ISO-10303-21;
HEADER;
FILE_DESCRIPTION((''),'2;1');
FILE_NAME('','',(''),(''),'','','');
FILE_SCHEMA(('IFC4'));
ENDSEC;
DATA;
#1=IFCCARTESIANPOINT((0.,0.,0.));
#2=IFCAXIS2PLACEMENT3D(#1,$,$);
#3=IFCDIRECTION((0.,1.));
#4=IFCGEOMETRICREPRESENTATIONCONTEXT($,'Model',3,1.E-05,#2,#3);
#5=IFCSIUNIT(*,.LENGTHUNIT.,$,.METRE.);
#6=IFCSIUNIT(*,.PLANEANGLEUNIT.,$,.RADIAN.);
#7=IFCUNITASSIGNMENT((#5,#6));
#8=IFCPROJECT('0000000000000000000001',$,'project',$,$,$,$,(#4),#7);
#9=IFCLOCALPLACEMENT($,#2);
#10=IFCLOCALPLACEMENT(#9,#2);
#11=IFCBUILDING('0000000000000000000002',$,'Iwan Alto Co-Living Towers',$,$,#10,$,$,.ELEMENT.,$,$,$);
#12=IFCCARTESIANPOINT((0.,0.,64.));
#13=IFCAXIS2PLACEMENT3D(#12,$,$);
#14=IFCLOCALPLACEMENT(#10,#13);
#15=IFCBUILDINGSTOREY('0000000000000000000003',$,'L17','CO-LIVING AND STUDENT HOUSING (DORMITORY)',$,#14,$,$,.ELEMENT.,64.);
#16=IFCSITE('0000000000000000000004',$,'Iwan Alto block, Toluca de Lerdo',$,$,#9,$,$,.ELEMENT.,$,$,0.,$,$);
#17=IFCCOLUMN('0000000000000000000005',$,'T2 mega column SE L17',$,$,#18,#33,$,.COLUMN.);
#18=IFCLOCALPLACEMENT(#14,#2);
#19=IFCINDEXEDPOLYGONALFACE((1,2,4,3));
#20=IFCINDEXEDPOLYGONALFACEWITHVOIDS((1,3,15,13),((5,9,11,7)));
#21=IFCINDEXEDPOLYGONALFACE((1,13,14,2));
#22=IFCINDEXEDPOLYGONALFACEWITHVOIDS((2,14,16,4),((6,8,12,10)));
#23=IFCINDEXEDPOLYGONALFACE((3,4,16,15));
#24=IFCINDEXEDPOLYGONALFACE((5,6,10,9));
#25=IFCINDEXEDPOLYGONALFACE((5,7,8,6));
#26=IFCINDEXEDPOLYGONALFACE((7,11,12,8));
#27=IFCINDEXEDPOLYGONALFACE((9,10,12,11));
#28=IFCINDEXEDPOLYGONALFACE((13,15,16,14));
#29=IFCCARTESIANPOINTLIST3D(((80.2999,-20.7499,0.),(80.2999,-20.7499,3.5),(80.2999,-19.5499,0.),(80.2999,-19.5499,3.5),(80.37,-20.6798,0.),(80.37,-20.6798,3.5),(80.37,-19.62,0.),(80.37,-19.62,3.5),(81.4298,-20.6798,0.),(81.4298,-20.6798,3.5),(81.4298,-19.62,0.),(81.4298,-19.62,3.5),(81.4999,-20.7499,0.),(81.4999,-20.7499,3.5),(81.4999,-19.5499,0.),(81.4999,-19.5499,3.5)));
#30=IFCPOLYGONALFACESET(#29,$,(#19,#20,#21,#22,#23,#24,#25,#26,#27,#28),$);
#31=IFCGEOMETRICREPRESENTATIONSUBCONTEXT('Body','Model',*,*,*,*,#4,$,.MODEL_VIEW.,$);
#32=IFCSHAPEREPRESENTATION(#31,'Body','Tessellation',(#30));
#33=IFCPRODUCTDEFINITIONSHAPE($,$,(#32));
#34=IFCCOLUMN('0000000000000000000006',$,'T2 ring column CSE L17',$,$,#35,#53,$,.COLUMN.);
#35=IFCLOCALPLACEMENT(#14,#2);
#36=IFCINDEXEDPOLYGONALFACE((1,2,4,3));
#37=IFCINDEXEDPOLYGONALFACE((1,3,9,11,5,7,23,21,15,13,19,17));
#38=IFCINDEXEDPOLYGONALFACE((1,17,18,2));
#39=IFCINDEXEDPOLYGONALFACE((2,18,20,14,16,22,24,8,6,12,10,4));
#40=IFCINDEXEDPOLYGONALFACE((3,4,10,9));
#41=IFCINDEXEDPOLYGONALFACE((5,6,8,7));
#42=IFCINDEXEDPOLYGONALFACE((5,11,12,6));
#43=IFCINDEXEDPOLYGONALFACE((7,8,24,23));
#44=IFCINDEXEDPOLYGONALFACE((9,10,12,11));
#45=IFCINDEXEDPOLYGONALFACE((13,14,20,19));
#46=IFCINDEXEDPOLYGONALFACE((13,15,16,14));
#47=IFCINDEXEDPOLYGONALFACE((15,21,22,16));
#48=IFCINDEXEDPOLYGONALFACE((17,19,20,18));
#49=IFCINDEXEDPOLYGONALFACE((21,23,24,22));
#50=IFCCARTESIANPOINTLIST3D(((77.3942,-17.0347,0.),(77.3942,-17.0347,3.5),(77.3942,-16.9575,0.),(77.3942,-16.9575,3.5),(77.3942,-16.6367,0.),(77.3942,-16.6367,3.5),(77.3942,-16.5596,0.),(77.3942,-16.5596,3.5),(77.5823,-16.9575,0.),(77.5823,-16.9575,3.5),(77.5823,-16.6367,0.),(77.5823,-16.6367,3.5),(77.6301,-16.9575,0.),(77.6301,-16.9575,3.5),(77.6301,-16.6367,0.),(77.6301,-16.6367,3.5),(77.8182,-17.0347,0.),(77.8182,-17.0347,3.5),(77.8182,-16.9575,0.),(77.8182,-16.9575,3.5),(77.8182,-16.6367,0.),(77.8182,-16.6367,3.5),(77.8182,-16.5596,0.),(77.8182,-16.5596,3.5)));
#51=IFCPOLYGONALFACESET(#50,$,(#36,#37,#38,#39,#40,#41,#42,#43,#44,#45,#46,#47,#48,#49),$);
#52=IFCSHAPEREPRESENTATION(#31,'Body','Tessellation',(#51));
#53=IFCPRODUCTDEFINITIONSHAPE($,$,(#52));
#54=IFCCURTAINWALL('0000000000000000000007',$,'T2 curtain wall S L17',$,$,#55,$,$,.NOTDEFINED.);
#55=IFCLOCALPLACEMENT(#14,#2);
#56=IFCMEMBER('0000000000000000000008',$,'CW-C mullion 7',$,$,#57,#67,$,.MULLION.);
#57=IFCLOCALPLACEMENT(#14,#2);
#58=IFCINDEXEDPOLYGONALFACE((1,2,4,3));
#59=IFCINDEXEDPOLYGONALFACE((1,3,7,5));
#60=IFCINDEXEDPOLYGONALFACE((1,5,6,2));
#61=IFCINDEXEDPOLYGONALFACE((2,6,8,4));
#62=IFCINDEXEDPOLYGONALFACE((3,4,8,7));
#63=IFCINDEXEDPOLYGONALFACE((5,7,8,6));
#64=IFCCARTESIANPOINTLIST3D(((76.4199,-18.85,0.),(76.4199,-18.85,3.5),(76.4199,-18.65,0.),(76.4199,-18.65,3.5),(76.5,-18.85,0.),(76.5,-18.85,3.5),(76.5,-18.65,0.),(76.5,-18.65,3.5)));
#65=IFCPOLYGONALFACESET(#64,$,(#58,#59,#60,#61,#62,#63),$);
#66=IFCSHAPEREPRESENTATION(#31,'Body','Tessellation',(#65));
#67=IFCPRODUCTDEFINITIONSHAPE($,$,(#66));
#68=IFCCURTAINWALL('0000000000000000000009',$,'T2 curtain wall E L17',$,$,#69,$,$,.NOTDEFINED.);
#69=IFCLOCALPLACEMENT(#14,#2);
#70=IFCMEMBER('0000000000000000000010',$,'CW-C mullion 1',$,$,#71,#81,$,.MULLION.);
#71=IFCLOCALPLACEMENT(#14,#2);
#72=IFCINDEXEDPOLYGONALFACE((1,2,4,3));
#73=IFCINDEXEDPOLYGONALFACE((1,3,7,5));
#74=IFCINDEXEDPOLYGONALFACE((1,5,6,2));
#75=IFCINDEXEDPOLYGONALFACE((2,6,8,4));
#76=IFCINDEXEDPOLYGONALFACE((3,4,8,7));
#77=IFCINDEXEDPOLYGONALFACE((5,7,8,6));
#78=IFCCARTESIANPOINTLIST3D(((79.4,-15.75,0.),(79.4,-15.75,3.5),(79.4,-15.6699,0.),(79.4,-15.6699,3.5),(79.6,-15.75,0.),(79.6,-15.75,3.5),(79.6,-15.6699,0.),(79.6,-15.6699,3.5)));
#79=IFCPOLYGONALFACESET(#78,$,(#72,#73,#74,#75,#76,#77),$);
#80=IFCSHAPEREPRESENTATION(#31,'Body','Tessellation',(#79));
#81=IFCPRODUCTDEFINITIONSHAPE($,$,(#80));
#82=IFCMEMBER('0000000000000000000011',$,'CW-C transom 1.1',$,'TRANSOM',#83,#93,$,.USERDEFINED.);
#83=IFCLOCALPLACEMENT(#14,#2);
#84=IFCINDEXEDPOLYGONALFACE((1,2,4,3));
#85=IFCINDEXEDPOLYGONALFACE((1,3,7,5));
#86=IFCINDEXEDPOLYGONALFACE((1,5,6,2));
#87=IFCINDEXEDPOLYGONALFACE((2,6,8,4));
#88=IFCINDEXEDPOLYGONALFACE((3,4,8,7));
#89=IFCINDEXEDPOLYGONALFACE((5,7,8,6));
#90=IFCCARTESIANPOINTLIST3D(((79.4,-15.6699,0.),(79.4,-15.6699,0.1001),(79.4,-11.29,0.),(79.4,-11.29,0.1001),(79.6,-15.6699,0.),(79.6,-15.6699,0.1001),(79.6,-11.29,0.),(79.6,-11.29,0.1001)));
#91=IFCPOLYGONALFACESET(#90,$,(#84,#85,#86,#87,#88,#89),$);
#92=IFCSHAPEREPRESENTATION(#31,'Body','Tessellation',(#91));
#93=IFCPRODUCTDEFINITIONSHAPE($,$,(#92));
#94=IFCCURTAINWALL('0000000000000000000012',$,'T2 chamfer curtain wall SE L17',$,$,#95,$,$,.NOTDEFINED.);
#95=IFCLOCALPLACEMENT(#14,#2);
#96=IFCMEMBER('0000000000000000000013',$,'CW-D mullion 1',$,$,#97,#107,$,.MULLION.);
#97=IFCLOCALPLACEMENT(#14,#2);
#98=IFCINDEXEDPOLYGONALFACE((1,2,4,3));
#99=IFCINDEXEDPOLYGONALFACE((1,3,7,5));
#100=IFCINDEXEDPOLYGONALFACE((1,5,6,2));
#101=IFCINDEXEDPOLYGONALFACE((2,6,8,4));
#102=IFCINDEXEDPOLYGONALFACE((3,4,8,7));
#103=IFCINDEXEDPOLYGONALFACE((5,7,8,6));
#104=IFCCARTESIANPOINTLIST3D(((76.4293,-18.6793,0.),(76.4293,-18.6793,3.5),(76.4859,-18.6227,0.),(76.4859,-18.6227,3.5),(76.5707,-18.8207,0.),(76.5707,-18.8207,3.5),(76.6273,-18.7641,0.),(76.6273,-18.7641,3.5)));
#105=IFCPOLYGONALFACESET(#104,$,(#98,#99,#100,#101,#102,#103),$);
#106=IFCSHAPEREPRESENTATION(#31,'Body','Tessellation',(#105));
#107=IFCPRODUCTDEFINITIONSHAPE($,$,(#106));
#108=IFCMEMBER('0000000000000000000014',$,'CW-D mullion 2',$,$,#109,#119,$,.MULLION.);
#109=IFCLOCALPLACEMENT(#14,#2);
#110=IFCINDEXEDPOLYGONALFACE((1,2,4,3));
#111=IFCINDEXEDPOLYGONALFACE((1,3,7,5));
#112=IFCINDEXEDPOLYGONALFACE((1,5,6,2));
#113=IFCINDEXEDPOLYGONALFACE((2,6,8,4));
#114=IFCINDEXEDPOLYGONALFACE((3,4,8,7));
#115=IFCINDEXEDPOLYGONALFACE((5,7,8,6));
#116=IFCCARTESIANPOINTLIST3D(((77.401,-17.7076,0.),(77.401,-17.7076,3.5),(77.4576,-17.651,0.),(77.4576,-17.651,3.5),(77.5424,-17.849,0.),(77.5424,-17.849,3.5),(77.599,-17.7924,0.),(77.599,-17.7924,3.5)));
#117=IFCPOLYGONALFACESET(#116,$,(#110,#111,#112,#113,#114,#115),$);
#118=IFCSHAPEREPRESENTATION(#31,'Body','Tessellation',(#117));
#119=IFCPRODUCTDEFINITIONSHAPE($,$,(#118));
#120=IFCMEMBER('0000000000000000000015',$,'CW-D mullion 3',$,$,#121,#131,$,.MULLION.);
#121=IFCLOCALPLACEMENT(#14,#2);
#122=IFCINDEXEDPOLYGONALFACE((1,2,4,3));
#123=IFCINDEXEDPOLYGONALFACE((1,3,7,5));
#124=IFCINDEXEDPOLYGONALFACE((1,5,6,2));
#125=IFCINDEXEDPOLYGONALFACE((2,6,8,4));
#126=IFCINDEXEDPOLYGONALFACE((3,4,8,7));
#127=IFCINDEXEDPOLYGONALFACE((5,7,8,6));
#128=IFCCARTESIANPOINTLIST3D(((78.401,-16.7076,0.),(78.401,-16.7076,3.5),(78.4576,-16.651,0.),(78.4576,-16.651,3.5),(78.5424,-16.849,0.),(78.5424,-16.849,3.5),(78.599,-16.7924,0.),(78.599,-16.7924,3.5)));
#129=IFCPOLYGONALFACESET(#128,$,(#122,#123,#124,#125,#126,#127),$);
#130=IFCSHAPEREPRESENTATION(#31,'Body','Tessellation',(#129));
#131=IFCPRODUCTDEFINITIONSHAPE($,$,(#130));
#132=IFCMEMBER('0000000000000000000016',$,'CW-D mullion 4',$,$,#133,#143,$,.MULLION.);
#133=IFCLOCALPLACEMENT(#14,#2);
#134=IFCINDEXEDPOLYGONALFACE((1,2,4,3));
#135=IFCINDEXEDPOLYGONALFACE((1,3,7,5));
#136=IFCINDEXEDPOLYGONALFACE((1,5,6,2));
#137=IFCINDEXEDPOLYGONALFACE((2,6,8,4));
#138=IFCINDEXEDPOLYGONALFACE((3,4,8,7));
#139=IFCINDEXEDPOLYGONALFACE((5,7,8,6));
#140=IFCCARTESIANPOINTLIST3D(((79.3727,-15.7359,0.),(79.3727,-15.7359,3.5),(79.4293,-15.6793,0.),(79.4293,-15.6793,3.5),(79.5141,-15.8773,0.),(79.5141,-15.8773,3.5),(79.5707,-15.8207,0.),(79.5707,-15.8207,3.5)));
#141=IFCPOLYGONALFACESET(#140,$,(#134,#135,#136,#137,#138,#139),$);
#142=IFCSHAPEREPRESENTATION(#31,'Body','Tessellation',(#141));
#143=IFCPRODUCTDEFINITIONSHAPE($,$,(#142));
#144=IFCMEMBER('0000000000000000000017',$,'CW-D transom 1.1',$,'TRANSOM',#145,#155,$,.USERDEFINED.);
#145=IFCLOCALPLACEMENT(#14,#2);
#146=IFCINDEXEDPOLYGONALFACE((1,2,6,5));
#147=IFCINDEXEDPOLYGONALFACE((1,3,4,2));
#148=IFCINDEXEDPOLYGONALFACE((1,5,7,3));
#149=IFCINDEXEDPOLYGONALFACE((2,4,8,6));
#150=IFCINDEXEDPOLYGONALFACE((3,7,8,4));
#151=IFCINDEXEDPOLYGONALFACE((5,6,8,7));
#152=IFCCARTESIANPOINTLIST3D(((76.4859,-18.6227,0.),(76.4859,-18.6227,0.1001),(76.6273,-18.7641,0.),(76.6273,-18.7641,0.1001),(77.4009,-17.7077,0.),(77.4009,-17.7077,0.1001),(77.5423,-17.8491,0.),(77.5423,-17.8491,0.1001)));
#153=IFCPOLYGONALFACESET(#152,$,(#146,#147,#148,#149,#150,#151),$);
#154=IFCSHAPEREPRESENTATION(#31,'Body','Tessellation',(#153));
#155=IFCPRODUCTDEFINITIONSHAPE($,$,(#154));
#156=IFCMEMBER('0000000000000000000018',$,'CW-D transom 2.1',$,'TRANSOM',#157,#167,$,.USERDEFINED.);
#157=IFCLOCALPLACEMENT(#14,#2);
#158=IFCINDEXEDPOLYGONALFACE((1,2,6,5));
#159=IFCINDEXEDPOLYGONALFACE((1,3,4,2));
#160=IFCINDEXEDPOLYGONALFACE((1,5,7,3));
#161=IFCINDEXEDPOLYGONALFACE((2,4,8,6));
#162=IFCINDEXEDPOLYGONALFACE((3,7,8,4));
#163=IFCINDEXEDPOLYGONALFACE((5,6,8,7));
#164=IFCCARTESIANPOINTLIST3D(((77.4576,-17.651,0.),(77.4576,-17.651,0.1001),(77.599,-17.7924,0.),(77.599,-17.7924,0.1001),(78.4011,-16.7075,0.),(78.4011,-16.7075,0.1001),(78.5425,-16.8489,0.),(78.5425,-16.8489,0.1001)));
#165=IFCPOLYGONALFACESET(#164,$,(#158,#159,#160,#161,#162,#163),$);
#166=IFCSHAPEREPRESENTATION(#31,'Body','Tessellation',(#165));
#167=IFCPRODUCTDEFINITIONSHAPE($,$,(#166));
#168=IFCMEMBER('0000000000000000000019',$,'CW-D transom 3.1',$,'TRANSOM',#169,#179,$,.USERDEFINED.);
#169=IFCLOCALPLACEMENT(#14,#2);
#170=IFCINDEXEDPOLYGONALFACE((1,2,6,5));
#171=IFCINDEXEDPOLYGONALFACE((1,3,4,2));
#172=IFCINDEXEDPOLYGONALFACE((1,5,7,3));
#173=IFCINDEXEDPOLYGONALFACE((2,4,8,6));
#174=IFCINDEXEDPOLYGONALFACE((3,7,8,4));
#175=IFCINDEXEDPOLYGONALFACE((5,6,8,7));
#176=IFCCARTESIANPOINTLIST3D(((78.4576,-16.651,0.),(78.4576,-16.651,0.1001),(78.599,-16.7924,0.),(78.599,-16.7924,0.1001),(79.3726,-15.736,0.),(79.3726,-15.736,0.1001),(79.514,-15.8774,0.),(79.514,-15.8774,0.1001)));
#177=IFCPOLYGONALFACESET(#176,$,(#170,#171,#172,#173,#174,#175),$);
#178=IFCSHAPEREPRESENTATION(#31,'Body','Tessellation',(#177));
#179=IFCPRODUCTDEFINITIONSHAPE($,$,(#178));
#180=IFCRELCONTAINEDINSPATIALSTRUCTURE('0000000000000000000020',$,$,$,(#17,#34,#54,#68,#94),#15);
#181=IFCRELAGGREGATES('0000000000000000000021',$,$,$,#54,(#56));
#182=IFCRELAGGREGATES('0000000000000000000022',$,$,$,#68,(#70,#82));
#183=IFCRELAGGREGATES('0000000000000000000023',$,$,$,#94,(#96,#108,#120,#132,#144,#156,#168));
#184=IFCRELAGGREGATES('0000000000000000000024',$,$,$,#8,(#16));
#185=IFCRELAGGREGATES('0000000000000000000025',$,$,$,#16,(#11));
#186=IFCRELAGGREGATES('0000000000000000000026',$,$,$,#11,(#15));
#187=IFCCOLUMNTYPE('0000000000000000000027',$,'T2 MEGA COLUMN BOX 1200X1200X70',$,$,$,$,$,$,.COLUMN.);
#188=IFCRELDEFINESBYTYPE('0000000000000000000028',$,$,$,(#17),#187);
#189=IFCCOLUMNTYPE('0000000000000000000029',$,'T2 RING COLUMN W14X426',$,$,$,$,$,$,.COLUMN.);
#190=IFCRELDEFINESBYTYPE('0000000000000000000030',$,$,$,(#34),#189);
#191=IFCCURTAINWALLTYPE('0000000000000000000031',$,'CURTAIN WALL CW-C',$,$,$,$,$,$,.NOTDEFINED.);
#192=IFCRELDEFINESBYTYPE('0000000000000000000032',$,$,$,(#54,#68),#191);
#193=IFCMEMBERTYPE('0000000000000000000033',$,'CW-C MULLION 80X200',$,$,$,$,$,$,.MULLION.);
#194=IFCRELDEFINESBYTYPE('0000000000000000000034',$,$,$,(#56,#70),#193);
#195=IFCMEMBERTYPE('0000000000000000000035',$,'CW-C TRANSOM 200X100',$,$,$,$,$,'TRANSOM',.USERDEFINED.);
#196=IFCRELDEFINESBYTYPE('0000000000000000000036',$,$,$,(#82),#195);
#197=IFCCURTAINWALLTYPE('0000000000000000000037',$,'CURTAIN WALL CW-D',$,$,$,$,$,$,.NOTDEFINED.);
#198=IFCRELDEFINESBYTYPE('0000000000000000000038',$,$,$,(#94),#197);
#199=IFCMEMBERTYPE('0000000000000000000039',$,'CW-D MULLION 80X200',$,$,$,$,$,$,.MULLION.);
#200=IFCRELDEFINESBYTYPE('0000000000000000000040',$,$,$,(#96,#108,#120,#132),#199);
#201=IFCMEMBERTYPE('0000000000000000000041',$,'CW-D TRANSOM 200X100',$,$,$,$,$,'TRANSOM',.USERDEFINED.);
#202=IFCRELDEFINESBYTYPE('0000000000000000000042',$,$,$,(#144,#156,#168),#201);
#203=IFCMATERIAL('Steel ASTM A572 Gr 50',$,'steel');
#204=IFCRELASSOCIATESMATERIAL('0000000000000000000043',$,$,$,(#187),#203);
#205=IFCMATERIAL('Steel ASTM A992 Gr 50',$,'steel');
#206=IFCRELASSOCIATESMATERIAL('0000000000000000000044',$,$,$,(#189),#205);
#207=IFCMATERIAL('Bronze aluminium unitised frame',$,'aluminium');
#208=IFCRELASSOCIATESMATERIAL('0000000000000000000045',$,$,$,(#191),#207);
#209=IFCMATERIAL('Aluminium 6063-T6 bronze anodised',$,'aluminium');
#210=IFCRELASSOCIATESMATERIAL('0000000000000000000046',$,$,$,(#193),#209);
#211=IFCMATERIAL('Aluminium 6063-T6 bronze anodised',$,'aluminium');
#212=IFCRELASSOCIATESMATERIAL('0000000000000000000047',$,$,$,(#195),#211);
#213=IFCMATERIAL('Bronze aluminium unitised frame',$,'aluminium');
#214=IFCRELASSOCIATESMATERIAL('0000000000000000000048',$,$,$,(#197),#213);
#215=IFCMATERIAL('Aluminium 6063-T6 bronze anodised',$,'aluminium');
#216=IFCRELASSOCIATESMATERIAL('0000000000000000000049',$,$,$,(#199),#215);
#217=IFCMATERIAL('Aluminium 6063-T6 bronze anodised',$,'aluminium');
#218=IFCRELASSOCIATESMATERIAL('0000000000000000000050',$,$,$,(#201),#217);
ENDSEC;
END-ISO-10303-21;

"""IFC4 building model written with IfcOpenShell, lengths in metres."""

from ifc_helpers import new_model, si_unit, direction, frame, origin, origin_2d, place, context, subcontext, project, spatial, rectangle, hollow_rectangle, i_section, extrude, material, material_profile, profile_set, type_object, element, aggregate, save


model = new_model("IFC4")

# Units and contexts
model_context = context("Model", 3, precision=1e-05, world=origin(), true_north=direction((0.0, 1.0)))
body_context = subcontext(model_context, "Body", "Model", "MODEL_VIEW")
ifc_project = project(units=[si_unit("LENGTHUNIT", "METRE"), si_unit("PLANEANGLEUNIT", "RADIAN")], contexts=[model_context])

# Site, building, storey
site_placement = place(None, origin())
site = spatial("IfcSite", under=ifc_project, at=site_placement, Name="Iwan Alto block, Toluca de Lerdo", CompositionType="ELEMENT", RefElevation=0.0)
building_placement = place(site_placement, origin())
building = spatial("IfcBuilding", under=site, at=building_placement, Name="Iwan Alto Co-Living Towers", CompositionType="ELEMENT")
storey_placement = place(building_placement, frame((0.0, 0.0, 64.0)))
storey = spatial("IfcBuildingStorey", under=building, at=storey_placement, Name="L17", Description="CO-LIVING AND STUDENT HOUSING (DORMITORY)", CompositionType="ELEMENT", Elevation=64.0)

# Columns
ifc_material_1 = material(Name="Steel ASTM A572 Gr 50", Category="steel")
ifc_material_profile_1 = material_profile(ifc_material_1, hollow_rectangle(XDim=1.2, YDim=1.2, WallThickness=0.0701, at=origin_2d()), Name="BOX 1200X1200X70")
ifc_profile_set_1 = profile_set([ifc_material_profile_1], Name="Steel ASTM A572 Gr 50")
column_type_1 = type_object("IfcColumnType", Name="T2 MEGA COLUMN BOX 1200X1200X70", PredefinedType="COLUMN", material=ifc_profile_set_1)
column_1_placement = place(storey_placement, frame((80.8999, -20.1499, 0.0), z_axis=(0.0, 0.0, 1.0), x_axis=(1.0, 0.0, 0.0)))
element("IfcColumn", 1, at=column_1_placement, inside=storey, type_object=column_type_1, Name="T2 mega column SE L17", PredefinedType="COLUMN", context=body_context, shape_type="SweptSolid", body=[
    extrude(hollow_rectangle(XDim=1.2, YDim=1.2, WallThickness=0.0701, at=origin_2d()), origin(), (0.0, 0.0, 1.0), 3.5),
])
ifc_material_2 = material(Name="Steel ASTM A992 Gr 50", Category="steel")
ifc_material_profile_2 = material_profile(ifc_material_2, i_section(OverallWidth=0.4241, OverallDepth=0.4751, WebThickness=0.0479, FlangeThickness=0.0771, at=origin_2d()), Name="W14X426")
ifc_profile_set_2 = profile_set([ifc_material_profile_2], Name="Steel ASTM A992 Gr 50")
column_type_2 = type_object("IfcColumnType", Name="T2 RING COLUMN W14X426", PredefinedType="COLUMN", material=ifc_profile_set_2)
column_2_placement = place(storey_placement, frame((77.6062, -16.7971, 0.0), z_axis=(0.0, 0.0, 1.0), x_axis=(1.0, 0.0, 0.0)))
element("IfcColumn", 2, at=column_2_placement, inside=storey, type_object=column_type_2, Name="T2 ring column CSE L17", PredefinedType="COLUMN", context=body_context, shape_type="SweptSolid", body=[
    extrude(i_section(OverallWidth=0.4241, OverallDepth=0.4751, WebThickness=0.0479, FlangeThickness=0.0771, at=origin_2d()), origin(), (0.0, 0.0, 1.0), 3.5),
])

# Curtain wall, member
ifc_material_3 = material(Name="Bronze aluminium unitised frame", Category="aluminium")
curtain_wall_type_1 = type_object("IfcCurtainWallType", Name="CURTAIN WALL CW-C", PredefinedType="NOTDEFINED", material=ifc_material_3)
curtain_wall_1_placement = place(storey_placement, origin())
curtain_wall_1 = element("IfcCurtainWall", 3, at=curtain_wall_1_placement, inside=storey, type_object=curtain_wall_type_1, Name="T2 curtain wall S L17", PredefinedType="NOTDEFINED")
ifc_material_4 = material(Name="Aluminium 6063-T6 bronze anodised", Category="aluminium")
ifc_material_profile_3 = material_profile(ifc_material_4, rectangle(XDim=0.2, YDim=0.0801, at=origin_2d()), Name="AL 80X200")
ifc_profile_set_3 = profile_set([ifc_material_profile_3], Name="Aluminium 6063-T6 bronze anodised")
member_type_1 = type_object("IfcMemberType", Name="CW-C MULLION 80X200", PredefinedType="MULLION", material=ifc_profile_set_3)
member_1_placement = place(storey_placement, frame((76.46, -18.75, 0.0), z_axis=(0.0, 0.0, 1.0), x_axis=(0.0, 1.0, 0.0)))
member_1 = element("IfcMember", 4, at=member_1_placement, type_object=member_type_1, Name="CW-C mullion 7", PredefinedType="MULLION", context=body_context, shape_type="SweptSolid", body=[
    extrude(rectangle(XDim=0.2, YDim=0.0801, at=origin_2d()), origin(), (0.0, 0.0, 1.0), 3.5),
])

# Curtain walls, members
curtain_wall_2_placement = place(storey_placement, origin())
curtain_wall_2 = element("IfcCurtainWall", 5, at=curtain_wall_2_placement, inside=storey, type_object=curtain_wall_type_1, Name="T2 curtain wall E L17", PredefinedType="NOTDEFINED")
member_2_placement = place(storey_placement, frame((79.5, -15.71, 0.0), z_axis=(0.0, 0.0, 1.0), x_axis=(-1.0, 0.0, 0.0)))
member_2 = element("IfcMember", 6, at=member_2_placement, type_object=member_type_1, Name="CW-C mullion 1", PredefinedType="MULLION", context=body_context, shape_type="SweptSolid", body=[
    extrude(rectangle(XDim=0.2, YDim=0.0801, at=origin_2d()), origin(), (0.0, 0.0, 1.0), 3.5),
])
ifc_material_5 = material(Name="Aluminium 6063-T6 bronze anodised", Category="aluminium")
ifc_material_profile_4 = material_profile(ifc_material_5, rectangle(XDim=0.2, YDim=0.1001, at=origin_2d()), Name="AL 200X100")
ifc_profile_set_4 = profile_set([ifc_material_profile_4], Name="Aluminium 6063-T6 bronze anodised")
member_type_2 = type_object("IfcMemberType", Name="CW-C TRANSOM 200X100", ElementType="TRANSOM", PredefinedType="USERDEFINED", material=ifc_profile_set_4)
member_3_placement = place(storey_placement, frame((79.5, -15.6699, 0.05), z_axis=(0.0, 1.0, 0.0), x_axis=(-1.0, 0.0, 0.0)))
member_3 = element("IfcMember", 7, at=member_3_placement, type_object=member_type_2, Name="CW-C transom 1.1", ObjectType="TRANSOM", PredefinedType="USERDEFINED", context=body_context, shape_type="SweptSolid", body=[
    extrude(rectangle(XDim=0.2, YDim=0.1001, at=origin_2d()), origin(), (0.0, 0.0, 1.0), 4.3799),
])
ifc_material_6 = material(Name="Bronze aluminium unitised frame", Category="aluminium")
curtain_wall_type_2 = type_object("IfcCurtainWallType", Name="CURTAIN WALL CW-D", PredefinedType="NOTDEFINED", material=ifc_material_6)
curtain_wall_3_placement = place(storey_placement, origin())
curtain_wall_3 = element("IfcCurtainWall", 8, at=curtain_wall_3_placement, inside=storey, type_object=curtain_wall_type_2, Name="T2 chamfer curtain wall SE L17", PredefinedType="NOTDEFINED")
ifc_material_7 = material(Name="Aluminium 6063-T6 bronze anodised", Category="aluminium")
ifc_material_profile_5 = material_profile(ifc_material_7, rectangle(XDim=0.2, YDim=0.0801, at=origin_2d()), Name="AL 80X200")
ifc_profile_set_5 = profile_set([ifc_material_profile_5], Name="Aluminium 6063-T6 bronze anodised")
member_type_3 = type_object("IfcMemberType", Name="CW-D MULLION 80X200", PredefinedType="MULLION", material=ifc_profile_set_5)
member_4_placement = place(storey_placement, frame((76.5283, -18.7217, 0.0), z_axis=(0.0, 0.0, 1.0), x_axis=(-0.707107, 0.707107, 0.0)))
member_4 = element("IfcMember", 9, at=member_4_placement, type_object=member_type_3, Name="CW-D mullion 1", PredefinedType="MULLION", context=body_context, shape_type="SweptSolid", body=[
    extrude(rectangle(XDim=0.2, YDim=0.0801, at=origin_2d()), origin(), (0.0, 0.0, 1.0), 3.5),
])
member_5_placement = place(storey_placement, frame((77.5, -17.75, 0.0), z_axis=(0.0, 0.0, 1.0), x_axis=(-0.707107, 0.707107, 0.0)))
member_5 = element("IfcMember", 10, at=member_5_placement, type_object=member_type_3, Name="CW-D mullion 2", PredefinedType="MULLION", context=body_context, shape_type="SweptSolid", body=[
    extrude(rectangle(XDim=0.2, YDim=0.0801, at=origin_2d()), origin(), (0.0, 0.0, 1.0), 3.5),
])
member_6_placement = place(storey_placement, frame((78.5, -16.75, 0.0), z_axis=(0.0, 0.0, 1.0), x_axis=(-0.707107, 0.707107, 0.0)))
member_6 = element("IfcMember", 11, at=member_6_placement, type_object=member_type_3, Name="CW-D mullion 3", PredefinedType="MULLION", context=body_context, shape_type="SweptSolid", body=[
    extrude(rectangle(XDim=0.2, YDim=0.0801, at=origin_2d()), origin(), (0.0, 0.0, 1.0), 3.5),
])
member_7_placement = place(storey_placement, frame((79.4717, -15.7783, 0.0), z_axis=(0.0, 0.0, 1.0), x_axis=(-0.707107, 0.707107, 0.0)))
member_7 = element("IfcMember", 12, at=member_7_placement, type_object=member_type_3, Name="CW-D mullion 4", PredefinedType="MULLION", context=body_context, shape_type="SweptSolid", body=[
    extrude(rectangle(XDim=0.2, YDim=0.0801, at=origin_2d()), origin(), (0.0, 0.0, 1.0), 3.5),
])
ifc_material_8 = material(Name="Aluminium 6063-T6 bronze anodised", Category="aluminium")
ifc_material_profile_6 = material_profile(ifc_material_8, rectangle(XDim=0.2, YDim=0.1001, at=origin_2d()), Name="AL 200X100")
ifc_profile_set_6 = profile_set([ifc_material_profile_6], Name="Aluminium 6063-T6 bronze anodised")
member_type_4 = type_object("IfcMemberType", Name="CW-D TRANSOM 200X100", ElementType="TRANSOM", PredefinedType="USERDEFINED", material=ifc_profile_set_6)
member_8_placement = place(storey_placement, frame((76.5566, -18.6934, 0.05), z_axis=(0.707107, 0.707107, 0.0), x_axis=(-0.707107, 0.707107, 0.0)))
member_8 = element("IfcMember", 13, at=member_8_placement, type_object=member_type_4, Name="CW-D transom 1.1", ObjectType="TRANSOM", PredefinedType="USERDEFINED", context=body_context, shape_type="SweptSolid", body=[
    extrude(rectangle(XDim=0.2, YDim=0.1001, at=origin_2d()), origin(), (0.0, 0.0, 1.0), 1.2939),
])
member_9_placement = place(storey_placement, frame((77.5283, -17.7217, 0.05), z_axis=(0.707107, 0.707107, 0.0), x_axis=(-0.707107, 0.707107, 0.0)))
member_9 = element("IfcMember", 14, at=member_9_placement, type_object=member_type_4, Name="CW-D transom 2.1", ObjectType="TRANSOM", PredefinedType="USERDEFINED", context=body_context, shape_type="SweptSolid", body=[
    extrude(rectangle(XDim=0.2, YDim=0.1001, at=origin_2d()), origin(), (0.0, 0.0, 1.0), 1.3342),
])
member_10_placement = place(storey_placement, frame((78.5283, -16.7217, 0.05), z_axis=(0.707107, 0.707107, 0.0), x_axis=(-0.707107, 0.707107, 0.0)))
member_10 = element("IfcMember", 15, at=member_10_placement, type_object=member_type_4, Name="CW-D transom 3.1", ObjectType="TRANSOM", PredefinedType="USERDEFINED", context=body_context, shape_type="SweptSolid", body=[
    extrude(rectangle(XDim=0.2, YDim=0.1001, at=origin_2d()), origin(), (0.0, 0.0, 1.0), 1.2939),
])

aggregate(curtain_wall_1, [member_1])
aggregate(curtain_wall_2, [member_2, member_3])
aggregate(curtain_wall_3, [member_4, member_5, member_6, member_7, member_8, member_9, member_10])

save(model, "model.ifc")
